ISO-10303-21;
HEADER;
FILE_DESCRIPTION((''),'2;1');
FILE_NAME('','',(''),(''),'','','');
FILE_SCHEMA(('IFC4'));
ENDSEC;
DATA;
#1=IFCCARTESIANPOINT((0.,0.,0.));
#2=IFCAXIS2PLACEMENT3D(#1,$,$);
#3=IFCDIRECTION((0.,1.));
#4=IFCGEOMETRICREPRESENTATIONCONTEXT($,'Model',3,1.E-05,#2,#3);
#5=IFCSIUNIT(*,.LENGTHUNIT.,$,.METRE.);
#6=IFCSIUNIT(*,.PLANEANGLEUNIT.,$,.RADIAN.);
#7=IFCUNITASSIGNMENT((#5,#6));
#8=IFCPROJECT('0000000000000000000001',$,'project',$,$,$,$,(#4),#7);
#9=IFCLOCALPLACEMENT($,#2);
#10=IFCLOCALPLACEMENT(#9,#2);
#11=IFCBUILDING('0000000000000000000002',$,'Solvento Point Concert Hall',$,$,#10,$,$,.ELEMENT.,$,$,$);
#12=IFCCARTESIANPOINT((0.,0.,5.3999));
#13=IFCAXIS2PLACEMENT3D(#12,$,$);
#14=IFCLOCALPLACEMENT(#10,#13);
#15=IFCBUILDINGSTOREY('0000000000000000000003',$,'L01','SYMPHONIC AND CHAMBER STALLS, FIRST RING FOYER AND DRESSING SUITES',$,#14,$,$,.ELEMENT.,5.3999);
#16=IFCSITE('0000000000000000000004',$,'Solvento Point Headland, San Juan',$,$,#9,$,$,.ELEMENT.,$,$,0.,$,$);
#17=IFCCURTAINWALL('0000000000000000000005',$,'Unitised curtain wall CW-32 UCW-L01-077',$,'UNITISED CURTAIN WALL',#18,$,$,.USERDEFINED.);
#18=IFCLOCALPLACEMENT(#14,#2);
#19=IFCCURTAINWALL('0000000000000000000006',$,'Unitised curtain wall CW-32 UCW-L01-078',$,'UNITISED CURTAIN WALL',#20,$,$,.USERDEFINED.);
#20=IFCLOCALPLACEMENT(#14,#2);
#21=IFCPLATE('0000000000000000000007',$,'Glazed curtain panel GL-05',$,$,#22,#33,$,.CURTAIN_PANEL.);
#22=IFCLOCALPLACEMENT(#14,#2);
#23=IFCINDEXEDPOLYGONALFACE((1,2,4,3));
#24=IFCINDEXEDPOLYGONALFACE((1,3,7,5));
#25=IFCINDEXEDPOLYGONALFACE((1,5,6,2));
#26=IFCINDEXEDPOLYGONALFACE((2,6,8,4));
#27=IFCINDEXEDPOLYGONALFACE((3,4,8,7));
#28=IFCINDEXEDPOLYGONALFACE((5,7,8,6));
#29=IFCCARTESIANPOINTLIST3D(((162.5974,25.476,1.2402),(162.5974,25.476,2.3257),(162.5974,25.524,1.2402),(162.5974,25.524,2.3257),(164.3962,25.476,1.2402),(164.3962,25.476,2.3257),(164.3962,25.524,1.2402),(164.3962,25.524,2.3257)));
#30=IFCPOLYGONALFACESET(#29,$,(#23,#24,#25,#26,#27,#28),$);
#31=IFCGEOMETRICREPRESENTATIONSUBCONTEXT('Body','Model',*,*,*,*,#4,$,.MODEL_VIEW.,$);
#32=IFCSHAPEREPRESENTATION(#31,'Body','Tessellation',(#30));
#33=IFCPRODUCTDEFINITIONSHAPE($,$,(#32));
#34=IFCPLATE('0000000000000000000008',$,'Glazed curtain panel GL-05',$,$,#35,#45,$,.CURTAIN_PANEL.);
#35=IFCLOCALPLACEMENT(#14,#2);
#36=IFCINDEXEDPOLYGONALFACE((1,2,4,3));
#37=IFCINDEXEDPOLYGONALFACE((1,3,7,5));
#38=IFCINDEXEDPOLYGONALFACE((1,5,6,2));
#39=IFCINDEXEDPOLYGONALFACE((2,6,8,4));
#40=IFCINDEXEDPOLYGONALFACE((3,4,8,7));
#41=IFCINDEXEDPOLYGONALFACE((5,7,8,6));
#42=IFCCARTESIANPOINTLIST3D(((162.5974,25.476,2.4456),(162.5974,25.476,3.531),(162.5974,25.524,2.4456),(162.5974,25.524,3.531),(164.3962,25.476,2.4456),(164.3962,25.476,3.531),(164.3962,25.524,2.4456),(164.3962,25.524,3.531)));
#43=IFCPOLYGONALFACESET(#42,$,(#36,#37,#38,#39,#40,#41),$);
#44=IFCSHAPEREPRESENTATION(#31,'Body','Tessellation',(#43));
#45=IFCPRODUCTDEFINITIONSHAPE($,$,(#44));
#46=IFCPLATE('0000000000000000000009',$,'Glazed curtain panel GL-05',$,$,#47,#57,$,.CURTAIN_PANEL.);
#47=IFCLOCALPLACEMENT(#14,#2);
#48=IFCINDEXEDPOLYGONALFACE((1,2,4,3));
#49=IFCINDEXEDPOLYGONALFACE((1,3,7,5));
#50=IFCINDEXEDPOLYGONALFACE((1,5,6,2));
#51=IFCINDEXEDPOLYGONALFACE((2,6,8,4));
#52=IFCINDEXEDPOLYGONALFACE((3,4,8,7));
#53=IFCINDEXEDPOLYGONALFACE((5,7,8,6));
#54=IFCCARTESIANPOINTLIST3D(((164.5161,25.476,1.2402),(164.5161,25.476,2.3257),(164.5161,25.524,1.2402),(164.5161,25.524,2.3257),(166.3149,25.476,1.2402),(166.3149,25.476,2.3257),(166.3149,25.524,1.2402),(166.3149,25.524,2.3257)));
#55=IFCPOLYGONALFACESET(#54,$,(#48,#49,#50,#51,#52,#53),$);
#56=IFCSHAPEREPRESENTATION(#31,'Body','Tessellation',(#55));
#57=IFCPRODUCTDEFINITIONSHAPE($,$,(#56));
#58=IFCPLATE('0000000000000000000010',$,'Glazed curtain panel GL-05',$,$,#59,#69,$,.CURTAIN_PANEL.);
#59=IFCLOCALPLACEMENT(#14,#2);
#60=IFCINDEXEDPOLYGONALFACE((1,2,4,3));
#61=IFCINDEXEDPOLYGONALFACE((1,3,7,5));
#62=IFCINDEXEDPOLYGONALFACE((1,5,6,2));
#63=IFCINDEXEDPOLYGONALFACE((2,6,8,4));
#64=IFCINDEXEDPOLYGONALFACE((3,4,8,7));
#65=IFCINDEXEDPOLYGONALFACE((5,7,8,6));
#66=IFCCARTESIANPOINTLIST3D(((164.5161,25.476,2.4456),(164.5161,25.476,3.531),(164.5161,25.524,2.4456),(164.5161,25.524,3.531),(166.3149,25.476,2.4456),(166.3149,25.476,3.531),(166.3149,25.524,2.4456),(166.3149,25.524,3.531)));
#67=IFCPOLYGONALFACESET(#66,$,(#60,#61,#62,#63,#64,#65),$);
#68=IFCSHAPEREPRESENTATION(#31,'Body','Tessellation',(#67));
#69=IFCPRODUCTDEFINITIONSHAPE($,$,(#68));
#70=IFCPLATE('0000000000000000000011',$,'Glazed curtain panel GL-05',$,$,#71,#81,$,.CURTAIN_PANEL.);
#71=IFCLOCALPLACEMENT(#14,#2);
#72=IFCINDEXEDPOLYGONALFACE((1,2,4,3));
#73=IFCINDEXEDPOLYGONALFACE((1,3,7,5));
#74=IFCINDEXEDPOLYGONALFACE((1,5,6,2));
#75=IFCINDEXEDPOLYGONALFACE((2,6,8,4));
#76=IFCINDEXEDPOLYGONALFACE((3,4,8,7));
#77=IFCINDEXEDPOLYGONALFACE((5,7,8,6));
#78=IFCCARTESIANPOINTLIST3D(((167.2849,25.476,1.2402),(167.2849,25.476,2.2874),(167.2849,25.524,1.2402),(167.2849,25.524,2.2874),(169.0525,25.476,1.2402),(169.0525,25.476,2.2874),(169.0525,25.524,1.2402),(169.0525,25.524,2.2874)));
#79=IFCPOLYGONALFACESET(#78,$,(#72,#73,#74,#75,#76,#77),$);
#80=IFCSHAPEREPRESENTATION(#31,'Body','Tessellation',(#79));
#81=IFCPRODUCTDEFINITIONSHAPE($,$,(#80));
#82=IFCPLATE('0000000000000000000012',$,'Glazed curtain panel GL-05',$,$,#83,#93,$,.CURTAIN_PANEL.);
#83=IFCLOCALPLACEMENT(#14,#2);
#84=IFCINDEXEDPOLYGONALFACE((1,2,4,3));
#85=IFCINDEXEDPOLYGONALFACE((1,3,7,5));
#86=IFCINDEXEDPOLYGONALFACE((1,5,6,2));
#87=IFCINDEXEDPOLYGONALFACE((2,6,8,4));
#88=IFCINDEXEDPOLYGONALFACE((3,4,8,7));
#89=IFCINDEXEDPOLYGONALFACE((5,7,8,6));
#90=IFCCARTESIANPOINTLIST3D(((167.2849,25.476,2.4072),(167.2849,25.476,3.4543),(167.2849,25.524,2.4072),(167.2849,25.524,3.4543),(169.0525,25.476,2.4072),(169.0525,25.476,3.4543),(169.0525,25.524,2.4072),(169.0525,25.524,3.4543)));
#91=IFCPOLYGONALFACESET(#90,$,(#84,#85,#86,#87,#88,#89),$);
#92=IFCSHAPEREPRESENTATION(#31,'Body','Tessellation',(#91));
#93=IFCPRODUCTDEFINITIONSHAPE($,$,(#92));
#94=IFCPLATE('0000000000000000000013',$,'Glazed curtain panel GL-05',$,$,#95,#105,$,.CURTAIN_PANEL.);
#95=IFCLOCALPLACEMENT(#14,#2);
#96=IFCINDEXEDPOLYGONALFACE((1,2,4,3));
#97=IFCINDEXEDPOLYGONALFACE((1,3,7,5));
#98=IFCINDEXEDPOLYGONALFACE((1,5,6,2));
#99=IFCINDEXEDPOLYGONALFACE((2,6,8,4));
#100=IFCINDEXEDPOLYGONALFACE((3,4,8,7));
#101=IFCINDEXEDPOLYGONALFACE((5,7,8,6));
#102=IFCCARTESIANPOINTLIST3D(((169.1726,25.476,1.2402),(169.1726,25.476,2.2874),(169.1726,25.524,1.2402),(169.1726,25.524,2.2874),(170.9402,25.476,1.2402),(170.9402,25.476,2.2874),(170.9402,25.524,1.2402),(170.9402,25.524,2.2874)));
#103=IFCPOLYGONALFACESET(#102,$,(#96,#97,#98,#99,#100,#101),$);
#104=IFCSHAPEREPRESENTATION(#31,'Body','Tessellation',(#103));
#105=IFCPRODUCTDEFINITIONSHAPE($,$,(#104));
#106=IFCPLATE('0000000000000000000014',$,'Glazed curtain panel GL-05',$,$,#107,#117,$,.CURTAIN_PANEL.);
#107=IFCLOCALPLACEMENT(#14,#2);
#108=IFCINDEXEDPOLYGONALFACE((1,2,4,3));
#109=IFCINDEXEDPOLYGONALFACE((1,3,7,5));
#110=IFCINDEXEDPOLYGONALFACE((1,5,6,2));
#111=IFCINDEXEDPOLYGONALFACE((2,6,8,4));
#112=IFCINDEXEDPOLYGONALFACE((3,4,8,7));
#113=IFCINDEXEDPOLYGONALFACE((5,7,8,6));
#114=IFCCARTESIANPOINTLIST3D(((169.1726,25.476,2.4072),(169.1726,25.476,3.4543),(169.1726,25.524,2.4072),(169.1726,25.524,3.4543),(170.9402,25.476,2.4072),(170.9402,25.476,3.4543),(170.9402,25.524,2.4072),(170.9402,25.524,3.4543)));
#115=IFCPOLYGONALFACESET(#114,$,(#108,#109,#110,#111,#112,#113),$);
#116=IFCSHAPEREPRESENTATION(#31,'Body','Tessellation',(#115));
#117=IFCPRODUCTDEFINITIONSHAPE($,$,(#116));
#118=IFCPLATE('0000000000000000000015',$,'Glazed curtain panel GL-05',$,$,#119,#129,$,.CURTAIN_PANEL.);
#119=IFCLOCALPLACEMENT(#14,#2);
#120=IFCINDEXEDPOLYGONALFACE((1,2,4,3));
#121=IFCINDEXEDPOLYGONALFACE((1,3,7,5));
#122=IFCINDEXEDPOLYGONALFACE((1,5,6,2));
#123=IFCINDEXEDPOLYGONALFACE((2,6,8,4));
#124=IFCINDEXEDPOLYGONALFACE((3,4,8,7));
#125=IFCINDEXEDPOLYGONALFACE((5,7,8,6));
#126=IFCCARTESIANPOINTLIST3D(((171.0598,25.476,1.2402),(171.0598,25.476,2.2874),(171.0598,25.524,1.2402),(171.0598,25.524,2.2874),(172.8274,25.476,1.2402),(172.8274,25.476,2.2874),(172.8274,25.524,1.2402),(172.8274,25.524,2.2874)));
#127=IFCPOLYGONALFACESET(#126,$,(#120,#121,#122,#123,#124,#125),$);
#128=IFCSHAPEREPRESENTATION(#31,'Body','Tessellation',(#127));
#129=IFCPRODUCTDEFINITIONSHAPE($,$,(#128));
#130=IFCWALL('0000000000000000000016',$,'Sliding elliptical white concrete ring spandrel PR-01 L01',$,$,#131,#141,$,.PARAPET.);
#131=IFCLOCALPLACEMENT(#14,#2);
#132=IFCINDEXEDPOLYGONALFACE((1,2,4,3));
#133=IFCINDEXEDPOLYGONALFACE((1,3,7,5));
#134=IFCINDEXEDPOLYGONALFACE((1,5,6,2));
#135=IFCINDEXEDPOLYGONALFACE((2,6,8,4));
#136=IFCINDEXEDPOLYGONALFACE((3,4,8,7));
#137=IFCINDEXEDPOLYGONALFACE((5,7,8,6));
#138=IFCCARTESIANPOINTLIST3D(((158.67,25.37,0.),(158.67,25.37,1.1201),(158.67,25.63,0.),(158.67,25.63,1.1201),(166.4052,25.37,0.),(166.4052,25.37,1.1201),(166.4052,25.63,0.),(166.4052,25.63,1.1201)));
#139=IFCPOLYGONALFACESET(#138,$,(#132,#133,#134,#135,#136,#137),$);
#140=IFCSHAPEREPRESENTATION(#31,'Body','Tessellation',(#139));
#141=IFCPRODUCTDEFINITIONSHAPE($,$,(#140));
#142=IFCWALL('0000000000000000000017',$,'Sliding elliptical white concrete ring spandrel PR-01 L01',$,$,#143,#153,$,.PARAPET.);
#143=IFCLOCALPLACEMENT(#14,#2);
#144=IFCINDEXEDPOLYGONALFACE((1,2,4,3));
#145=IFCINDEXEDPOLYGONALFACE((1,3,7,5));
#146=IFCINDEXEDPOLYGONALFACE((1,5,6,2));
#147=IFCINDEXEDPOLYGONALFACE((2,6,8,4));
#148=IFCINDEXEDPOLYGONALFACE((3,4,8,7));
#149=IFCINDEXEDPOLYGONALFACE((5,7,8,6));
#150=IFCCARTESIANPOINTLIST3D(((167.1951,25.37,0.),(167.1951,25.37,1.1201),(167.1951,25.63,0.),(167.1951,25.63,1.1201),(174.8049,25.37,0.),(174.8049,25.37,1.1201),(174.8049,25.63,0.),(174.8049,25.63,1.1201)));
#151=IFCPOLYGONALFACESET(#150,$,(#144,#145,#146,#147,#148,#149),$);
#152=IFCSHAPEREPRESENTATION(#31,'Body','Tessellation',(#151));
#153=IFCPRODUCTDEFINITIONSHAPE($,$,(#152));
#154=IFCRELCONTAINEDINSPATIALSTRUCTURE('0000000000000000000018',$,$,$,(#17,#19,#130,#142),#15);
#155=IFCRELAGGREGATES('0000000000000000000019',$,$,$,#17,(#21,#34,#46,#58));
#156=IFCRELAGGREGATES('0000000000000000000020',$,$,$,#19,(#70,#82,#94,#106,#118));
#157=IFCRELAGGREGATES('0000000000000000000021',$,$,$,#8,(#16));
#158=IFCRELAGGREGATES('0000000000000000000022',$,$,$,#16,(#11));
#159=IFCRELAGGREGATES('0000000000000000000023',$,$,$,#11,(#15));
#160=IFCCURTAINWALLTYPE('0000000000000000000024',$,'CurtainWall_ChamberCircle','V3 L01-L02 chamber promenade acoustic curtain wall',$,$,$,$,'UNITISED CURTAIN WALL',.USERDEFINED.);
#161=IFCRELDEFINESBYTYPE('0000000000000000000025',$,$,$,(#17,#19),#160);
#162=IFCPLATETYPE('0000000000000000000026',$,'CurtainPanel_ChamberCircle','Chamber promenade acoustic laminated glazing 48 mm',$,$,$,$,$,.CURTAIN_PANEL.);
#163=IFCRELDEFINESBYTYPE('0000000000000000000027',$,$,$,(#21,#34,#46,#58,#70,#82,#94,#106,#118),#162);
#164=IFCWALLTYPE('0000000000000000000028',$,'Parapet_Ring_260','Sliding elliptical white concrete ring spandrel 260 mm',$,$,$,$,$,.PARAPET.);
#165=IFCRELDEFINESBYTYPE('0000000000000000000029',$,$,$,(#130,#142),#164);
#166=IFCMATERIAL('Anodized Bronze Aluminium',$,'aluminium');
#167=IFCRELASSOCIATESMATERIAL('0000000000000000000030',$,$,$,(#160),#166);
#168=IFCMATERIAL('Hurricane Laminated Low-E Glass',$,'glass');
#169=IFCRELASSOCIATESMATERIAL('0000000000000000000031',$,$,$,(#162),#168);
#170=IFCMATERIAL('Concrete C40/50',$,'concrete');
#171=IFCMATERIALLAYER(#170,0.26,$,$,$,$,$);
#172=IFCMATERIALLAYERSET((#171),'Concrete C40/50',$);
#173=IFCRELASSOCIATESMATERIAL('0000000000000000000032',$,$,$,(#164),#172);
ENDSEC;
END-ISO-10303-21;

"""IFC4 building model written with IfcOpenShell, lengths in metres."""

from ifc_helpers import new_model, si_unit, direction, frame, frame_2d, origin, origin_2d, place, context, subcontext, project, spatial, rectangle, extrude, material, layer, layer_set, type_object, element, aggregate, save


model = new_model("IFC4")

# Units and contexts
model_context = context("Model", 3, precision=1e-05, world=origin(), true_north=direction((0.0, 1.0)))
body_context = subcontext(model_context, "Body", "Model", "MODEL_VIEW")
ifc_project = project(units=[si_unit("LENGTHUNIT", "METRE"), si_unit("PLANEANGLEUNIT", "RADIAN")], contexts=[model_context])

# Site, building, storey
site_placement = place(None, origin())
site = spatial("IfcSite", under=ifc_project, at=site_placement, Name="Solvento Point Headland, San Juan", CompositionType="ELEMENT", RefElevation=0.0)
building_placement = place(site_placement, origin())
building = spatial("IfcBuilding", under=site, at=building_placement, Name="Solvento Point Concert Hall", CompositionType="ELEMENT")
storey_placement = place(building_placement, frame((0.0, 0.0, 5.3999)))
storey = spatial("IfcBuildingStorey", under=building, at=storey_placement, Name="L01", Description="SYMPHONIC AND CHAMBER STALLS, FIRST RING FOYER AND DRESSING SUITES", CompositionType="ELEMENT", Elevation=5.3999)

# Curtain walls
ifc_material_1 = material(Name="Anodized Bronze Aluminium", Category="aluminium")
curtain_wall_type = type_object("IfcCurtainWallType", Name="CurtainWall_ChamberCircle", Description="V3 L01-L02 chamber promenade acoustic curtain wall", ElementType="UNITISED CURTAIN WALL", PredefinedType="USERDEFINED", material=ifc_material_1)
curtain_wall_1_placement = place(storey_placement, origin())
curtain_wall_1 = element("IfcCurtainWall", 1, at=curtain_wall_1_placement, inside=storey, type_object=curtain_wall_type, Name="Unitised curtain wall CW-32 UCW-L01-077", ObjectType="UNITISED CURTAIN WALL", PredefinedType="USERDEFINED")
curtain_wall_2_placement = place(storey_placement, origin())
curtain_wall_2 = element("IfcCurtainWall", 2, at=curtain_wall_2_placement, inside=storey, type_object=curtain_wall_type, Name="Unitised curtain wall CW-32 UCW-L01-078", ObjectType="UNITISED CURTAIN WALL", PredefinedType="USERDEFINED")

# Plates
ifc_material_2 = material(Name="Hurricane Laminated Low-E Glass", Category="glass")
plate_type = type_object("IfcPlateType", Name="CurtainPanel_ChamberCircle", Description="Chamber promenade acoustic laminated glazing 48 mm", PredefinedType="CURTAIN_PANEL", material=ifc_material_2)
plate_1_placement = place(storey_placement, frame((163.4968, 25.5, 1.2402), z_axis=(0.0, 0.0, 1.0), x_axis=(1.0, 0.0, 0.0)))
plate_1 = element("IfcPlate", 3, at=plate_1_placement, type_object=plate_type, Name="Glazed curtain panel GL-05", PredefinedType="CURTAIN_PANEL", context=body_context, shape_type="SweptSolid", body=[
    extrude(rectangle(XDim=1.7988, YDim=0.0481, at=origin_2d()), origin(), (0.0, 0.0, 1.0), 1.0854),
])
plate_2_placement = place(storey_placement, frame((163.4968, 25.5, 2.4456), z_axis=(0.0, 0.0, 1.0), x_axis=(1.0, 0.0, 0.0)))
plate_2 = element("IfcPlate", 4, at=plate_2_placement, type_object=plate_type, Name="Glazed curtain panel GL-05", PredefinedType="CURTAIN_PANEL", context=body_context, shape_type="SweptSolid", body=[
    extrude(rectangle(XDim=1.7988, YDim=0.0481, at=origin_2d()), origin(), (0.0, 0.0, 1.0), 1.0854),
])
plate_3_placement = place(storey_placement, frame((165.4155, 25.5, 1.2402), z_axis=(0.0, 0.0, 1.0), x_axis=(1.0, 0.0, 0.0)))
plate_3 = element("IfcPlate", 5, at=plate_3_placement, type_object=plate_type, Name="Glazed curtain panel GL-05", PredefinedType="CURTAIN_PANEL", context=body_context, shape_type="SweptSolid", body=[
    extrude(rectangle(XDim=1.7988, YDim=0.0481, at=origin_2d()), origin(), (0.0, 0.0, 1.0), 1.0854),
])
plate_4_placement = place(storey_placement, frame((165.4155, 25.5, 2.4456), z_axis=(0.0, 0.0, 1.0), x_axis=(1.0, 0.0, 0.0)))
plate_4 = element("IfcPlate", 6, at=plate_4_placement, type_object=plate_type, Name="Glazed curtain panel GL-05", PredefinedType="CURTAIN_PANEL", context=body_context, shape_type="SweptSolid", body=[
    extrude(rectangle(XDim=1.7988, YDim=0.0481, at=origin_2d()), origin(), (0.0, 0.0, 1.0), 1.0854),
])
aggregate(curtain_wall_1, [plate_1, plate_2, plate_3, plate_4])
plate_5_placement = place(storey_placement, frame((168.1687, 25.5, 1.2402), z_axis=(0.0, 0.0, 1.0), x_axis=(1.0, 0.0, 0.0)))
plate_5 = element("IfcPlate", 7, at=plate_5_placement, type_object=plate_type, Name="Glazed curtain panel GL-05", PredefinedType="CURTAIN_PANEL", context=body_context, shape_type="SweptSolid", body=[
    extrude(rectangle(XDim=1.7676, YDim=0.0481, at=origin_2d()), origin(), (0.0, 0.0, 1.0), 1.0471),
])
plate_6_placement = place(storey_placement, frame((168.1687, 25.5, 2.4072), z_axis=(0.0, 0.0, 1.0), x_axis=(1.0, 0.0, 0.0)))
plate_6 = element("IfcPlate", 8, at=plate_6_placement, type_object=plate_type, Name="Glazed curtain panel GL-05", PredefinedType="CURTAIN_PANEL", context=body_context, shape_type="SweptSolid", body=[
    extrude(rectangle(XDim=1.7676, YDim=0.0481, at=origin_2d()), origin(), (0.0, 0.0, 1.0), 1.0471),
])
plate_7_placement = place(storey_placement, frame((170.0564, 25.5, 1.2402), z_axis=(0.0, 0.0, 1.0), x_axis=(1.0, 0.0, 0.0)))
plate_7 = element("IfcPlate", 9, at=plate_7_placement, type_object=plate_type, Name="Glazed curtain panel GL-05", PredefinedType="CURTAIN_PANEL", context=body_context, shape_type="SweptSolid", body=[
    extrude(rectangle(XDim=1.7676, YDim=0.0481, at=origin_2d()), origin(), (0.0, 0.0, 1.0), 1.0471),
])
plate_8_placement = place(storey_placement, frame((170.0564, 25.5, 2.4072), z_axis=(0.0, 0.0, 1.0), x_axis=(1.0, 0.0, 0.0)))
plate_8 = element("IfcPlate", 10, at=plate_8_placement, type_object=plate_type, Name="Glazed curtain panel GL-05", PredefinedType="CURTAIN_PANEL", context=body_context, shape_type="SweptSolid", body=[
    extrude(rectangle(XDim=1.7676, YDim=0.0481, at=origin_2d()), origin(), (0.0, 0.0, 1.0), 1.0471),
])
plate_9_placement = place(storey_placement, frame((171.9436, 25.5, 1.2402), z_axis=(0.0, 0.0, 1.0), x_axis=(1.0, 0.0, 0.0)))
plate_9 = element("IfcPlate", 11, at=plate_9_placement, type_object=plate_type, Name="Glazed curtain panel GL-05", PredefinedType="CURTAIN_PANEL", context=body_context, shape_type="SweptSolid", body=[
    extrude(rectangle(XDim=1.7676, YDim=0.0481, at=origin_2d()), origin(), (0.0, 0.0, 1.0), 1.0471),
])
aggregate(curtain_wall_2, [plate_5, plate_6, plate_7, plate_8, plate_9])

# Walls
ifc_material_3 = material(Name="Concrete C40/50", Category="concrete")
ifc_layer = layer(ifc_material_3, 0.26)
ifc_layer_set = layer_set([ifc_layer], Name="Concrete C40/50")
wall_type = type_object("IfcWallType", Name="Parapet_Ring_260", Description="Sliding elliptical white concrete ring spandrel 260 mm", PredefinedType="PARAPET", material=ifc_layer_set)
wall_1_placement = place(storey_placement, frame((158.6699, 25.5, 0.0), z_axis=(0.0, 0.0, 1.0), x_axis=(1.0, 0.0, 0.0)))
element("IfcWall", 12, at=wall_1_placement, inside=storey, type_object=wall_type, Name="Sliding elliptical white concrete ring spandrel PR-01 L01", PredefinedType="PARAPET", context=body_context, shape_type="SweptSolid", body=[
    extrude(rectangle(XDim=7.7351, YDim=0.26, at=frame_2d((3.8677, 0.0))), origin(), (0.0, 0.0, 1.0), 1.1201),
])
wall_2_placement = place(storey_placement, frame((167.1951, 25.5, 0.0), z_axis=(0.0, 0.0, 1.0), x_axis=(1.0, 0.0, 0.0)))
element("IfcWall", 13, at=wall_2_placement, inside=storey, type_object=wall_type, Name="Sliding elliptical white concrete ring spandrel PR-01 L01", PredefinedType="PARAPET", context=body_context, shape_type="SweptSolid", body=[
    extrude(rectangle(XDim=7.6099, YDim=0.26, at=frame_2d((3.8049, 0.0))), origin(), (0.0, 0.0, 1.0), 1.1201),
])

save(model, "model.ifc")
